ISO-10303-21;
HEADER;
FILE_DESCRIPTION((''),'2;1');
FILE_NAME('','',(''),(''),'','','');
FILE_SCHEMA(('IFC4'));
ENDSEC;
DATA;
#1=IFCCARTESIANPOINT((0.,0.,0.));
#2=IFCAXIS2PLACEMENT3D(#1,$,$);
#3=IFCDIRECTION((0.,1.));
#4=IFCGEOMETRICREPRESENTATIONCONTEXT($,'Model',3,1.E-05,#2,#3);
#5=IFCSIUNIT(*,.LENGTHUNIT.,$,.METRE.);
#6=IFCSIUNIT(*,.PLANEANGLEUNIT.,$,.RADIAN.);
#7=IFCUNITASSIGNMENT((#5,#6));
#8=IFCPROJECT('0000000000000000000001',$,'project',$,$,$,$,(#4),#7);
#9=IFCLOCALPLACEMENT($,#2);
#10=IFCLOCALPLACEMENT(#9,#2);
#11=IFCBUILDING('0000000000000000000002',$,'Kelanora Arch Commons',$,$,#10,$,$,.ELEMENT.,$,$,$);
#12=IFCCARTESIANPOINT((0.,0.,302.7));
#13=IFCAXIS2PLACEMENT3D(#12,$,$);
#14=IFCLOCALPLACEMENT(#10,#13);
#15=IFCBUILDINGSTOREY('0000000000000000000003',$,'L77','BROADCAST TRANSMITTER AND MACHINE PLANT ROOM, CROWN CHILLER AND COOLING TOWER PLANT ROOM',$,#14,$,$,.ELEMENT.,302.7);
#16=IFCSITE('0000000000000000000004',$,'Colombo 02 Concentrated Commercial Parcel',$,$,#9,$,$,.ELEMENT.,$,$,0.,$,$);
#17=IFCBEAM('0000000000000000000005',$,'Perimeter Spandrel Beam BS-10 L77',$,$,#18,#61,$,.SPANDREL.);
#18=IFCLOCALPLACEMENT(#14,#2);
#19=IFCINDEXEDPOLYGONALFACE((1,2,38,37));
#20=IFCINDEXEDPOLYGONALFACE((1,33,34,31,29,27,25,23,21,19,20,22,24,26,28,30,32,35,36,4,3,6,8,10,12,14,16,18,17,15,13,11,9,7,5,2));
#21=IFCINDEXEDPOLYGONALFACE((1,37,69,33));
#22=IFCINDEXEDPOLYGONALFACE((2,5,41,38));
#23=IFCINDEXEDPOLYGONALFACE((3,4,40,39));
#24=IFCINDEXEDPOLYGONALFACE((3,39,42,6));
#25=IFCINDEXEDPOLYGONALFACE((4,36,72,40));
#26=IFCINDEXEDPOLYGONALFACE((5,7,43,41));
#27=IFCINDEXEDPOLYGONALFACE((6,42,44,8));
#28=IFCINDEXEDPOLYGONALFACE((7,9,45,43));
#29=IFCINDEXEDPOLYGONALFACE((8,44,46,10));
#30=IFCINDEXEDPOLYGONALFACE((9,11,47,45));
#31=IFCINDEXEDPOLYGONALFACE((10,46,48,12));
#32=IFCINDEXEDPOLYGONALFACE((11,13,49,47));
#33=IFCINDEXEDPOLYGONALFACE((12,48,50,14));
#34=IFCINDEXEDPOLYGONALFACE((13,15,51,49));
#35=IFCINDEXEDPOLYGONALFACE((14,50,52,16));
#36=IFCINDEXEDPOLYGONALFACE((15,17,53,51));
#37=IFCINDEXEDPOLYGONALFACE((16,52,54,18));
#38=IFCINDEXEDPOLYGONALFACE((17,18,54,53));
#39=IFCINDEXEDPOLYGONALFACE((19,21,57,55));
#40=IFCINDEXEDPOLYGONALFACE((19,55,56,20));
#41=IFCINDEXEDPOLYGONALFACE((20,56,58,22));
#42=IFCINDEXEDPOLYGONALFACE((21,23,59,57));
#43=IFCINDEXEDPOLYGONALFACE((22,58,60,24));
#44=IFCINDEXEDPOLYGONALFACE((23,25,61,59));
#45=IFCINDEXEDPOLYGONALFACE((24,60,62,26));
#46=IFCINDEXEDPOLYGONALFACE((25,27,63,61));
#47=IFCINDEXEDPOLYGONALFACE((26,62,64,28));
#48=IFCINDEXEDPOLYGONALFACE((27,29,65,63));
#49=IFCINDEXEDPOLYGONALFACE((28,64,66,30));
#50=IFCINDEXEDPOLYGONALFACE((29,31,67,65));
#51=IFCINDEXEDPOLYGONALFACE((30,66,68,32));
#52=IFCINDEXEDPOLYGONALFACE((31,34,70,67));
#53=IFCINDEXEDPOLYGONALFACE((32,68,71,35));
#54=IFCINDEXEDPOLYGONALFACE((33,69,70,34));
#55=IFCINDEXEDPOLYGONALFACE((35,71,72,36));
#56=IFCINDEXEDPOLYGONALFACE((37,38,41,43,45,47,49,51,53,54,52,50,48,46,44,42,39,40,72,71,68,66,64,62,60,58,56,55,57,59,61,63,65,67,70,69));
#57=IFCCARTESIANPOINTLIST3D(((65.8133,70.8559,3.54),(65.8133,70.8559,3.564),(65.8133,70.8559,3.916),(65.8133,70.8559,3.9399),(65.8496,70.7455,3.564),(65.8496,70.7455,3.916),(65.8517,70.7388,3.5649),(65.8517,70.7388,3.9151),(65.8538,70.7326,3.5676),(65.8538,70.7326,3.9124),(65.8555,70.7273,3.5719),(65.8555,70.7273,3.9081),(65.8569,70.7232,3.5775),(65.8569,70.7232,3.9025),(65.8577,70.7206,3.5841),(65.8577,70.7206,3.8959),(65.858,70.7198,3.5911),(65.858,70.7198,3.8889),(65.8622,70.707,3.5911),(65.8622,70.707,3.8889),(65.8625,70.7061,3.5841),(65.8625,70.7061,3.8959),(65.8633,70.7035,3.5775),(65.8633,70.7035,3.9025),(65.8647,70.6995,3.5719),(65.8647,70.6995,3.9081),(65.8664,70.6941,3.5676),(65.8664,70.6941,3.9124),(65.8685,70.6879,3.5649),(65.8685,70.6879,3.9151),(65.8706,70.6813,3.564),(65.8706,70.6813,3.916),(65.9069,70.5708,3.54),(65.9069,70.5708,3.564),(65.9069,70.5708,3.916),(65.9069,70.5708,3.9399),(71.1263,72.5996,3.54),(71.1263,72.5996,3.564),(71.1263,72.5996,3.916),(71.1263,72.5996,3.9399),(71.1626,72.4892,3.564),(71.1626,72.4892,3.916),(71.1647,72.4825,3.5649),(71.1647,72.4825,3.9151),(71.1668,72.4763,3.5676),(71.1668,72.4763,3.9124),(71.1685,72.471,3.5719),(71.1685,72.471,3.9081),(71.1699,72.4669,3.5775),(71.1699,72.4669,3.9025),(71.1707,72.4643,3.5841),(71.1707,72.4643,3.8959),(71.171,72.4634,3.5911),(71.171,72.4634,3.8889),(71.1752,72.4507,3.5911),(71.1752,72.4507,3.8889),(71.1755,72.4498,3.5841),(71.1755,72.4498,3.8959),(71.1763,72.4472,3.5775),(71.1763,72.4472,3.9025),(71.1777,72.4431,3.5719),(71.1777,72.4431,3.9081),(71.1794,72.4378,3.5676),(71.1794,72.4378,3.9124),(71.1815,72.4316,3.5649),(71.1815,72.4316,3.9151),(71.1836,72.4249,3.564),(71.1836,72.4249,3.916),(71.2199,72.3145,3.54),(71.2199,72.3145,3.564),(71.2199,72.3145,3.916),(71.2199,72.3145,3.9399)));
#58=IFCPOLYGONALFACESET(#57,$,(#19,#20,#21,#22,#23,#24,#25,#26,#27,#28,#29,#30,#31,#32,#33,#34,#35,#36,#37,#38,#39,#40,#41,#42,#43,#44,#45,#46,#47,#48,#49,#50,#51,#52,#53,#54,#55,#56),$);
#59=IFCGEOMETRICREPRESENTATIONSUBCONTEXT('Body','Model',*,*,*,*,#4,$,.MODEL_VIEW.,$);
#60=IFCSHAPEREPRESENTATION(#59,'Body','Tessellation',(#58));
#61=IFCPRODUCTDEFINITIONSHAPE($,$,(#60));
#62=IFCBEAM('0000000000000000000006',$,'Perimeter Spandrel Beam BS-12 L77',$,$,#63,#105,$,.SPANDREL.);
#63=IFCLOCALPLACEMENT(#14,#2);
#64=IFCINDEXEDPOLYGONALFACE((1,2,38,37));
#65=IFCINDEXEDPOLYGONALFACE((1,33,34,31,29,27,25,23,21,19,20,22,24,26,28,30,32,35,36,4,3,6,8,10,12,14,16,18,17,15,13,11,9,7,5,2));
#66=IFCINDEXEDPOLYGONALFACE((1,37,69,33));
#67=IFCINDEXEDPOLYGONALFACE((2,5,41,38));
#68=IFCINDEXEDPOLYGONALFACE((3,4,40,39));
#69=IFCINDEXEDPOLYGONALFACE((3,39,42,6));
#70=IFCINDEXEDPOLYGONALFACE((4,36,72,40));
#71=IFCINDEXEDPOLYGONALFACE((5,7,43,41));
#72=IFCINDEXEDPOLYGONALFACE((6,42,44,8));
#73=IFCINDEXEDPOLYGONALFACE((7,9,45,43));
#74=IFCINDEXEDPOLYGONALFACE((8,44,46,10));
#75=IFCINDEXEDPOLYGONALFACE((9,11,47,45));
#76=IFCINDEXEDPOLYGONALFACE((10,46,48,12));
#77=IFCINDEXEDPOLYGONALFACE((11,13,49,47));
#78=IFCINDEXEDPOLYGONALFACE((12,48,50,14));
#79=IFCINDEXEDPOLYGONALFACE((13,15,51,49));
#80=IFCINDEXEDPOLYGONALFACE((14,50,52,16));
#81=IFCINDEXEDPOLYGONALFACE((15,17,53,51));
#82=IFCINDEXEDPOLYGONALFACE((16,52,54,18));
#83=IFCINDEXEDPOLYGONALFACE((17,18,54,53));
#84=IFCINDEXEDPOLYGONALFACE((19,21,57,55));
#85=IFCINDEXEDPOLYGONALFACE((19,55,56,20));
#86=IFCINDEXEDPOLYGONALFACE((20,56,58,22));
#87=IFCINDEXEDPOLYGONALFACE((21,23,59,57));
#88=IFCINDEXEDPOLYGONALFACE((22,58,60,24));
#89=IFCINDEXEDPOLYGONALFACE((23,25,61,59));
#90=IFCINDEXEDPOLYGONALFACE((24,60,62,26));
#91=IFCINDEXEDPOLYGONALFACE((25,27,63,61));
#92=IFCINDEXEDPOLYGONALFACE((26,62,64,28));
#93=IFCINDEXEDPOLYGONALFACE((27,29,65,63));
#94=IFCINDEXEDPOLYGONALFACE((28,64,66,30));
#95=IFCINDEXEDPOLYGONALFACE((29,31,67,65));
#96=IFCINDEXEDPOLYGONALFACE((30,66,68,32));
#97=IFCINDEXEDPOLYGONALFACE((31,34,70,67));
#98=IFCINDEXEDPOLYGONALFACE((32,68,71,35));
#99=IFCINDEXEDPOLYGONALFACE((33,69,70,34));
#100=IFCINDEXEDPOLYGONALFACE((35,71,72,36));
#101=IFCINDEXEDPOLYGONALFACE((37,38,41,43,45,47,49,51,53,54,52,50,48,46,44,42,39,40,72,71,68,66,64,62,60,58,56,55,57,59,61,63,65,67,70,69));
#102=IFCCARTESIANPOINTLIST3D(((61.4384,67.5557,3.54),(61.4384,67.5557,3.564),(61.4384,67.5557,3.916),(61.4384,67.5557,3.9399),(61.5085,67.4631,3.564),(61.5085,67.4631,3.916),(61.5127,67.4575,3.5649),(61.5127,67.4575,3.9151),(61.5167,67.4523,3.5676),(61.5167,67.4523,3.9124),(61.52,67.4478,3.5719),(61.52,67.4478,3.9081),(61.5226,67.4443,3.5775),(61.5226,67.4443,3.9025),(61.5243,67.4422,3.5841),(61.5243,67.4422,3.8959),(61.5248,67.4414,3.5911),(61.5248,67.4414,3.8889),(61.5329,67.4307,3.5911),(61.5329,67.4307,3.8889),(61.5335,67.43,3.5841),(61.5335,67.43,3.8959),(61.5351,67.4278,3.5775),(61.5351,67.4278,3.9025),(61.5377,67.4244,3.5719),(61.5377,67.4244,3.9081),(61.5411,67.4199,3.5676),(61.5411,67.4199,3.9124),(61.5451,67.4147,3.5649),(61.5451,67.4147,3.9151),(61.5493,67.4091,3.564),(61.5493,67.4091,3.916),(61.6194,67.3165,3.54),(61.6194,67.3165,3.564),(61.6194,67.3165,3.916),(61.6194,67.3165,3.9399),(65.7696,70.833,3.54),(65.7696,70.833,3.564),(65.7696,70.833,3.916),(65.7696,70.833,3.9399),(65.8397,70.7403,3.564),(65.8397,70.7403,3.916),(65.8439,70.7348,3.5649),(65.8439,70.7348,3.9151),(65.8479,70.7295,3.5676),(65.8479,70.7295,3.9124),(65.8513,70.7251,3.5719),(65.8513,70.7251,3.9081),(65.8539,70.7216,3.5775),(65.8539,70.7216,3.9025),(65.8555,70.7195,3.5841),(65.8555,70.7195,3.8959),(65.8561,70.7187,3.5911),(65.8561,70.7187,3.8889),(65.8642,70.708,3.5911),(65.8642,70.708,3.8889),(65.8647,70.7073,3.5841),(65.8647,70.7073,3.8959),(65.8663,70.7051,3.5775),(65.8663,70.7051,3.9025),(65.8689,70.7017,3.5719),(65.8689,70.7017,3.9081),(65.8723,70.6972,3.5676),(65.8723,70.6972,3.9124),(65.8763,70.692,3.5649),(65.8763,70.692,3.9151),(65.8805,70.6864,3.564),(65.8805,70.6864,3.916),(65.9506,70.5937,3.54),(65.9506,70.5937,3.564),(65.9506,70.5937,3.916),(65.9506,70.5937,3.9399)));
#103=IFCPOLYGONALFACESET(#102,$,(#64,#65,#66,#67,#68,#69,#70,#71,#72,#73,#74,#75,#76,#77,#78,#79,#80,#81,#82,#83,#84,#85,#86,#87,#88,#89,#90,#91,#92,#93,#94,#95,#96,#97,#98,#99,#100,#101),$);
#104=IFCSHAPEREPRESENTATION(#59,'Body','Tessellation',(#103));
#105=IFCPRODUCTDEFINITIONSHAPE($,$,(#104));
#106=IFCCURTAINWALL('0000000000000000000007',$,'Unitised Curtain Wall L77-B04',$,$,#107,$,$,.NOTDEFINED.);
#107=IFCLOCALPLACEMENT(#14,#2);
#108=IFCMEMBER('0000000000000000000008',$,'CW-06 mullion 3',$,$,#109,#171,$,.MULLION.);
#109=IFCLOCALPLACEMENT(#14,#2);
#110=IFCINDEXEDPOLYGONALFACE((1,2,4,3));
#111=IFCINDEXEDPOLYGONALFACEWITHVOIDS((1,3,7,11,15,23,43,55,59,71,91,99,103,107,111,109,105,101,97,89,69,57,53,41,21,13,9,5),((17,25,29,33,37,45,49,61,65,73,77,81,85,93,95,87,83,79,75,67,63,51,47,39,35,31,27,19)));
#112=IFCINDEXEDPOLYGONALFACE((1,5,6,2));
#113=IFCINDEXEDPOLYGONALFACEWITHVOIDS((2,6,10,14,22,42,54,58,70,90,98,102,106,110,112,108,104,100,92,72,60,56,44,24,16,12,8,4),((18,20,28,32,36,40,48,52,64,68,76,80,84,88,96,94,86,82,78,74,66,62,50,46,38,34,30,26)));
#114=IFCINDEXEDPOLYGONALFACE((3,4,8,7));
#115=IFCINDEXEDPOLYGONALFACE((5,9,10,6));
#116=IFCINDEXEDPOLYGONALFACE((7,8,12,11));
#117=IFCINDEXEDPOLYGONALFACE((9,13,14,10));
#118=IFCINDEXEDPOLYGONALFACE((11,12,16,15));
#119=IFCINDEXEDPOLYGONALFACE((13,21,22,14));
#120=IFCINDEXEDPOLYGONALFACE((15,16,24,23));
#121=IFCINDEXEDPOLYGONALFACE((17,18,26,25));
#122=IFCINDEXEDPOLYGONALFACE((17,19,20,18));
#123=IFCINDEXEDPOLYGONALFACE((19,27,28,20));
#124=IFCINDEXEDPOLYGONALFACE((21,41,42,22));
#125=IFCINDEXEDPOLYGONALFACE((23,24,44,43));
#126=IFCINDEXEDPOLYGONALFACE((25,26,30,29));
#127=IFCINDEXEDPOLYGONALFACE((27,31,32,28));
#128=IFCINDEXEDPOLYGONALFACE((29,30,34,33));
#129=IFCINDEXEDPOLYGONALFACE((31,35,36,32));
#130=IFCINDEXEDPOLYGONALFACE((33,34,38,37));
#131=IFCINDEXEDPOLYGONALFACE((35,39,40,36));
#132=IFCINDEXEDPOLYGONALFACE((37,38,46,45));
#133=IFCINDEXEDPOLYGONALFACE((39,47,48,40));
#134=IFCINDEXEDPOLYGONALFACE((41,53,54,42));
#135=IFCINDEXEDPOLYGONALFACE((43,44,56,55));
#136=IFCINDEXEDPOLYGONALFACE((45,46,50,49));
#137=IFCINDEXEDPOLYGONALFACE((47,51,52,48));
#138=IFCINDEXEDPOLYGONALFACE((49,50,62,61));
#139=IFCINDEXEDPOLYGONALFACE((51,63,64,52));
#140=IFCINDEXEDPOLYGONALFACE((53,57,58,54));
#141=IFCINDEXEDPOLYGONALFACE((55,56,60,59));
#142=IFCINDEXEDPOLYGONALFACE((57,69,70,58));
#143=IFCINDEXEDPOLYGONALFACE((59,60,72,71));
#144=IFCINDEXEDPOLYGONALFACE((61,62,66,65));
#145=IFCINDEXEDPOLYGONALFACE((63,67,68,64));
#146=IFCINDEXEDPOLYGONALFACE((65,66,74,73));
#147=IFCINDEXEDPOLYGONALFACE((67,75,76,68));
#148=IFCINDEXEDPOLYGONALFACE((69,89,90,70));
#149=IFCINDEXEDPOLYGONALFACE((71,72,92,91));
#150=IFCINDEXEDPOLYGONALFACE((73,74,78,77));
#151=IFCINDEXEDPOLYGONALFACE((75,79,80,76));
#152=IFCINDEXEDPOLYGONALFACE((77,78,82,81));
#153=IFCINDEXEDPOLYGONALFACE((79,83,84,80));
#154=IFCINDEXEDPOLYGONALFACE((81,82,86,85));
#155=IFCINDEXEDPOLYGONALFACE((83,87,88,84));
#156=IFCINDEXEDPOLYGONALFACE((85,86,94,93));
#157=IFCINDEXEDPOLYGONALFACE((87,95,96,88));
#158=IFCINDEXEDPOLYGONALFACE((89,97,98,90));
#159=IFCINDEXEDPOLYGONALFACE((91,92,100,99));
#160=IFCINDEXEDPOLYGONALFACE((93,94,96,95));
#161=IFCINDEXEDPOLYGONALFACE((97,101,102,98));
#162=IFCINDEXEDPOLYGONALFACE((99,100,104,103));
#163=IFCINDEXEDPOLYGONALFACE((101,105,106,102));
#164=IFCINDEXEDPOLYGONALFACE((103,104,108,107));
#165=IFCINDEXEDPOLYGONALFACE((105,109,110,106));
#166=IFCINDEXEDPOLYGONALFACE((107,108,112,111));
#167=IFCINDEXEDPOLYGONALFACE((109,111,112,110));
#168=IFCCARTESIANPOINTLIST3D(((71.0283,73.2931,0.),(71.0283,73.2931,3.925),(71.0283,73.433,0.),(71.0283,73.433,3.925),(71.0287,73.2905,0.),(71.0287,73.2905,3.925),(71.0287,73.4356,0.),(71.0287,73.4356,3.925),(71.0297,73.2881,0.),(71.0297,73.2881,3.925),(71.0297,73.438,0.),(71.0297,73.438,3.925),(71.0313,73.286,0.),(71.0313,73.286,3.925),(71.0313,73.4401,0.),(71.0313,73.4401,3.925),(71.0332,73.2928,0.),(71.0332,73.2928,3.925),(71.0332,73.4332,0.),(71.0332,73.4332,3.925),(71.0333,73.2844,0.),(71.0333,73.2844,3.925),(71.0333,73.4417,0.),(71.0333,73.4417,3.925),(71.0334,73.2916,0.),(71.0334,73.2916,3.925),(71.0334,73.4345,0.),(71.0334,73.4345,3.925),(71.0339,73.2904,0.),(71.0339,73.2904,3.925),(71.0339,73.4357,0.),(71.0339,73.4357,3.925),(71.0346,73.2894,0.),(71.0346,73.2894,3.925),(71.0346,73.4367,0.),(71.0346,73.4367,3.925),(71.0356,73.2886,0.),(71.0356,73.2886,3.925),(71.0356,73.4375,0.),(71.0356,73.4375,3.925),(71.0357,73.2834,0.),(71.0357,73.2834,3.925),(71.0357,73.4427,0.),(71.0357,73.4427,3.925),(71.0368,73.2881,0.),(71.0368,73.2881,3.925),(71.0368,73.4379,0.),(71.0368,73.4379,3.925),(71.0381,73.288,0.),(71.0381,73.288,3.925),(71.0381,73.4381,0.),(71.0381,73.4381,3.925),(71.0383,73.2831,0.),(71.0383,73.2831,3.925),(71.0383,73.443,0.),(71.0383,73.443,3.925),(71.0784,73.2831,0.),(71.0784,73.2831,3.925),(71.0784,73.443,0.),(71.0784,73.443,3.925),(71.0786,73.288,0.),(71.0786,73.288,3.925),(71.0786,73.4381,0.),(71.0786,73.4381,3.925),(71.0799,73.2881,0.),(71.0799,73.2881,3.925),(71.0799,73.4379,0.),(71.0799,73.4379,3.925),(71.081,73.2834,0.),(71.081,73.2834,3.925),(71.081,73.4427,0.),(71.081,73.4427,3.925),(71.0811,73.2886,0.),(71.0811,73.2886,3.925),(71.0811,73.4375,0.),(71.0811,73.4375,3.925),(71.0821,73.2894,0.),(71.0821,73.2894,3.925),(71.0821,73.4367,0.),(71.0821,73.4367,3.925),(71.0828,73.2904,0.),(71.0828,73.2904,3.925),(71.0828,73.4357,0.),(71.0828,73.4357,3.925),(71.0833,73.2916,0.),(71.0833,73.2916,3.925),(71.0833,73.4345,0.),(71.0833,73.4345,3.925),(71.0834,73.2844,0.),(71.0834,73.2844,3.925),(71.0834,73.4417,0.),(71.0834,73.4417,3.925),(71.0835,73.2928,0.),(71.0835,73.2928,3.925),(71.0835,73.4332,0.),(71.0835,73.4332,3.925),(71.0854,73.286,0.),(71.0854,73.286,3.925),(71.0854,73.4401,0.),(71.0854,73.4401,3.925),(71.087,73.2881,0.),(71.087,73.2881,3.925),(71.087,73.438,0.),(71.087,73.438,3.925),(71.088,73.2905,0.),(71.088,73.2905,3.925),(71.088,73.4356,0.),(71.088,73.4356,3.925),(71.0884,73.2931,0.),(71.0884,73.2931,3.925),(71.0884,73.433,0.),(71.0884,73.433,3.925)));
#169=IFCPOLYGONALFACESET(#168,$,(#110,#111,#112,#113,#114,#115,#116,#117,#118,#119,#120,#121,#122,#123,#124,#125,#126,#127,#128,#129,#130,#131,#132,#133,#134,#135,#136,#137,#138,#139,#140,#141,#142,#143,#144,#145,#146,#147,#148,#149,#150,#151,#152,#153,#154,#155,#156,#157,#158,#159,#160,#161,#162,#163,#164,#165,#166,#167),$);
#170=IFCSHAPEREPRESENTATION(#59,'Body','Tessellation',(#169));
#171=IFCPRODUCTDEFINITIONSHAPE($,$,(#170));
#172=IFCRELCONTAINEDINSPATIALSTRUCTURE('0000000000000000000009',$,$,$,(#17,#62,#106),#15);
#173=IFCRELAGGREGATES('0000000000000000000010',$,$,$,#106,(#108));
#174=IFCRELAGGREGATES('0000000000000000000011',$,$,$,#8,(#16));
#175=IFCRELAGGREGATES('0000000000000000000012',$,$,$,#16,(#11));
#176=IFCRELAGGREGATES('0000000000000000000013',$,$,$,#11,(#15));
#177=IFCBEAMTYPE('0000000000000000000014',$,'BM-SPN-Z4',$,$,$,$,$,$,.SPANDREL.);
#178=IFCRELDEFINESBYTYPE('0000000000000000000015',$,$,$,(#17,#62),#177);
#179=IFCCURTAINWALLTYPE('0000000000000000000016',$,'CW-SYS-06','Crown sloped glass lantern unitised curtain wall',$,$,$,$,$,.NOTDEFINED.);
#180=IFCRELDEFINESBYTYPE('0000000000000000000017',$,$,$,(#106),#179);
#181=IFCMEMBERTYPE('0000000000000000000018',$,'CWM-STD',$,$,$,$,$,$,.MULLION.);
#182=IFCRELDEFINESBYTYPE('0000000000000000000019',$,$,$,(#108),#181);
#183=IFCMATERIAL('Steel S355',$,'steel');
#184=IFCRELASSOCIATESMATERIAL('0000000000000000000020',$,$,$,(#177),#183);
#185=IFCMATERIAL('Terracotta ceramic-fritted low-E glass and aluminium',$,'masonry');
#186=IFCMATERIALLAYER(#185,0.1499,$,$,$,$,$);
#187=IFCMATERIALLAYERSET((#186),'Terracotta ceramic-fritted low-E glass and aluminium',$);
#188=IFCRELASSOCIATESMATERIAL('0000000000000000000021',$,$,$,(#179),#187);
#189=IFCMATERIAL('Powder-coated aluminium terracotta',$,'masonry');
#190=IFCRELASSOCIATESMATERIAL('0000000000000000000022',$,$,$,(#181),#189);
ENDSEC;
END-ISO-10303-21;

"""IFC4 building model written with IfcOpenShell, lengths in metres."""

from ifc_helpers import new_model, si_unit, direction, frame, origin, origin_2d, place, context, subcontext, project, spatial, hollow_rectangle, i_section, extrude, material, layer, layer_set, material_profile, profile_set, type_object, element, aggregate, save


model = new_model("IFC4")

# Units and contexts
model_context = context("Model", 3, precision=1e-05, world=origin(), true_north=direction((0.0, 1.0)))
body_context = subcontext(model_context, "Body", "Model", "MODEL_VIEW")
ifc_project = project(units=[si_unit("LENGTHUNIT", "METRE"), si_unit("PLANEANGLEUNIT", "RADIAN")], contexts=[model_context])

# Site, building, storey
site_placement = place(None, origin())
site = spatial("IfcSite", under=ifc_project, at=site_placement, Name="Colombo 02 Concentrated Commercial Parcel", CompositionType="ELEMENT", RefElevation=0.0)
building_placement = place(site_placement, origin())
building = spatial("IfcBuilding", under=site, at=building_placement, Name="Kelanora Arch Commons", CompositionType="ELEMENT")
storey_placement = place(building_placement, frame((0.0, 0.0, 302.7)))
storey = spatial("IfcBuildingStorey", under=building, at=storey_placement, Name="L77", Description="BROADCAST TRANSMITTER AND MACHINE PLANT ROOM, CROWN CHILLER AND COOLING TOWER PLANT ROOM", CompositionType="ELEMENT", Elevation=302.7)

# Beams
ifc_material_1 = material(Name="Steel S355", Category="steel")
ifc_material_profile_1 = material_profile(ifc_material_1, i_section(OverallWidth=0.3, OverallDepth=0.3999, WebThickness=0.0134, FlangeThickness=0.0239, FilletRadius=0.0271, at=origin_2d()), Name="HEB400")
ifc_profile_set_1 = profile_set([ifc_material_profile_1], Name="Steel S355")
beam_type_1 = type_object("IfcBeamType", Name="BM-SPN-Z4", PredefinedType="SPANDREL", material=ifc_profile_set_1)
beam_1_placement = place(storey_placement, frame((71.1731, 72.457, 3.74), z_axis=(-0.95014, -0.311823, 0.0), x_axis=(0.311823, -0.95014, 0.0)))
element("IfcBeam", 1, at=beam_1_placement, inside=storey, type_object=beam_type_1, Name="Perimeter Spandrel Beam BS-10 L77", PredefinedType="SPANDREL", context=body_context, shape_type="SweptSolid", body=[
    extrude(i_section(OverallWidth=0.3, OverallDepth=0.3999, WebThickness=0.0134, FlangeThickness=0.0239, FilletRadius=0.0271, at=origin_2d()), origin(), (0.0, 0.0, 1.0), 5.5918),
])
beam_2_placement = place(storey_placement, frame((65.8601, 70.7134, 3.74), z_axis=(-0.797441, -0.603396, 0.0), x_axis=(0.603396, -0.797441, 0.0)))
element("IfcBeam", 2, at=beam_2_placement, inside=storey, type_object=beam_type_1, Name="Perimeter Spandrel Beam BS-12 L77", PredefinedType="SPANDREL", context=body_context, shape_type="SweptSolid", body=[
    extrude(i_section(OverallWidth=0.3, OverallDepth=0.3999, WebThickness=0.0134, FlangeThickness=0.0239, FilletRadius=0.0271, at=origin_2d()), origin(), (0.0, 0.0, 1.0), 5.4314),
])

# Curtain wall, member
ifc_material_2 = material(Name="Terracotta ceramic-fritted low-E glass and aluminium", Category="masonry")
ifc_layer_1 = layer(ifc_material_2, 0.1499)
ifc_layer_set_1 = layer_set([ifc_layer_1], Name="Terracotta ceramic-fritted low-E glass and aluminium")
curtain_wall_type = type_object("IfcCurtainWallType", Name="CW-SYS-06", Description="Crown sloped glass lantern unitised curtain wall", PredefinedType="NOTDEFINED", material=ifc_layer_set_1)
curtain_wall_1_placement = place(storey_placement, origin())
curtain_wall_1 = element("IfcCurtainWall", 3, at=curtain_wall_1_placement, inside=storey, type_object=curtain_wall_type, Name="Unitised Curtain Wall L77-B04", PredefinedType="NOTDEFINED")
ifc_material_3 = material(Name="Powder-coated aluminium terracotta", Category="masonry")
ifc_material_profile_2 = material_profile(ifc_material_3, hollow_rectangle(XDim=0.1599, YDim=0.0601, WallThickness=0.0049, InnerFilletRadius=0.0049, OuterFilletRadius=0.01, at=origin_2d()), Name="CWM160x60")
ifc_profile_set_2 = profile_set([ifc_material_profile_2], Name="Powder-coated aluminium terracotta")
member_type_1 = type_object("IfcMemberType", Name="CWM-STD", PredefinedType="MULLION", material=ifc_profile_set_2)
member_1_placement = place(storey_placement, frame((71.0583, 73.363, 0.0), z_axis=(0.0, 0.0, 1.0), x_axis=(0.0, -1.0, 0.0)))
member_1 = element("IfcMember", 4, at=member_1_placement, type_object=member_type_1, Name="CW-06 mullion 3", PredefinedType="MULLION", context=body_context, shape_type="SweptSolid", body=[
    extrude(hollow_rectangle(XDim=0.1599, YDim=0.0601, WallThickness=0.0049, InnerFilletRadius=0.0049, OuterFilletRadius=0.01, at=origin_2d()), origin(), (0.0, 0.0, 1.0), 3.925),
])

aggregate(curtain_wall_1, [member_1])

save(model, "model.ifc")
